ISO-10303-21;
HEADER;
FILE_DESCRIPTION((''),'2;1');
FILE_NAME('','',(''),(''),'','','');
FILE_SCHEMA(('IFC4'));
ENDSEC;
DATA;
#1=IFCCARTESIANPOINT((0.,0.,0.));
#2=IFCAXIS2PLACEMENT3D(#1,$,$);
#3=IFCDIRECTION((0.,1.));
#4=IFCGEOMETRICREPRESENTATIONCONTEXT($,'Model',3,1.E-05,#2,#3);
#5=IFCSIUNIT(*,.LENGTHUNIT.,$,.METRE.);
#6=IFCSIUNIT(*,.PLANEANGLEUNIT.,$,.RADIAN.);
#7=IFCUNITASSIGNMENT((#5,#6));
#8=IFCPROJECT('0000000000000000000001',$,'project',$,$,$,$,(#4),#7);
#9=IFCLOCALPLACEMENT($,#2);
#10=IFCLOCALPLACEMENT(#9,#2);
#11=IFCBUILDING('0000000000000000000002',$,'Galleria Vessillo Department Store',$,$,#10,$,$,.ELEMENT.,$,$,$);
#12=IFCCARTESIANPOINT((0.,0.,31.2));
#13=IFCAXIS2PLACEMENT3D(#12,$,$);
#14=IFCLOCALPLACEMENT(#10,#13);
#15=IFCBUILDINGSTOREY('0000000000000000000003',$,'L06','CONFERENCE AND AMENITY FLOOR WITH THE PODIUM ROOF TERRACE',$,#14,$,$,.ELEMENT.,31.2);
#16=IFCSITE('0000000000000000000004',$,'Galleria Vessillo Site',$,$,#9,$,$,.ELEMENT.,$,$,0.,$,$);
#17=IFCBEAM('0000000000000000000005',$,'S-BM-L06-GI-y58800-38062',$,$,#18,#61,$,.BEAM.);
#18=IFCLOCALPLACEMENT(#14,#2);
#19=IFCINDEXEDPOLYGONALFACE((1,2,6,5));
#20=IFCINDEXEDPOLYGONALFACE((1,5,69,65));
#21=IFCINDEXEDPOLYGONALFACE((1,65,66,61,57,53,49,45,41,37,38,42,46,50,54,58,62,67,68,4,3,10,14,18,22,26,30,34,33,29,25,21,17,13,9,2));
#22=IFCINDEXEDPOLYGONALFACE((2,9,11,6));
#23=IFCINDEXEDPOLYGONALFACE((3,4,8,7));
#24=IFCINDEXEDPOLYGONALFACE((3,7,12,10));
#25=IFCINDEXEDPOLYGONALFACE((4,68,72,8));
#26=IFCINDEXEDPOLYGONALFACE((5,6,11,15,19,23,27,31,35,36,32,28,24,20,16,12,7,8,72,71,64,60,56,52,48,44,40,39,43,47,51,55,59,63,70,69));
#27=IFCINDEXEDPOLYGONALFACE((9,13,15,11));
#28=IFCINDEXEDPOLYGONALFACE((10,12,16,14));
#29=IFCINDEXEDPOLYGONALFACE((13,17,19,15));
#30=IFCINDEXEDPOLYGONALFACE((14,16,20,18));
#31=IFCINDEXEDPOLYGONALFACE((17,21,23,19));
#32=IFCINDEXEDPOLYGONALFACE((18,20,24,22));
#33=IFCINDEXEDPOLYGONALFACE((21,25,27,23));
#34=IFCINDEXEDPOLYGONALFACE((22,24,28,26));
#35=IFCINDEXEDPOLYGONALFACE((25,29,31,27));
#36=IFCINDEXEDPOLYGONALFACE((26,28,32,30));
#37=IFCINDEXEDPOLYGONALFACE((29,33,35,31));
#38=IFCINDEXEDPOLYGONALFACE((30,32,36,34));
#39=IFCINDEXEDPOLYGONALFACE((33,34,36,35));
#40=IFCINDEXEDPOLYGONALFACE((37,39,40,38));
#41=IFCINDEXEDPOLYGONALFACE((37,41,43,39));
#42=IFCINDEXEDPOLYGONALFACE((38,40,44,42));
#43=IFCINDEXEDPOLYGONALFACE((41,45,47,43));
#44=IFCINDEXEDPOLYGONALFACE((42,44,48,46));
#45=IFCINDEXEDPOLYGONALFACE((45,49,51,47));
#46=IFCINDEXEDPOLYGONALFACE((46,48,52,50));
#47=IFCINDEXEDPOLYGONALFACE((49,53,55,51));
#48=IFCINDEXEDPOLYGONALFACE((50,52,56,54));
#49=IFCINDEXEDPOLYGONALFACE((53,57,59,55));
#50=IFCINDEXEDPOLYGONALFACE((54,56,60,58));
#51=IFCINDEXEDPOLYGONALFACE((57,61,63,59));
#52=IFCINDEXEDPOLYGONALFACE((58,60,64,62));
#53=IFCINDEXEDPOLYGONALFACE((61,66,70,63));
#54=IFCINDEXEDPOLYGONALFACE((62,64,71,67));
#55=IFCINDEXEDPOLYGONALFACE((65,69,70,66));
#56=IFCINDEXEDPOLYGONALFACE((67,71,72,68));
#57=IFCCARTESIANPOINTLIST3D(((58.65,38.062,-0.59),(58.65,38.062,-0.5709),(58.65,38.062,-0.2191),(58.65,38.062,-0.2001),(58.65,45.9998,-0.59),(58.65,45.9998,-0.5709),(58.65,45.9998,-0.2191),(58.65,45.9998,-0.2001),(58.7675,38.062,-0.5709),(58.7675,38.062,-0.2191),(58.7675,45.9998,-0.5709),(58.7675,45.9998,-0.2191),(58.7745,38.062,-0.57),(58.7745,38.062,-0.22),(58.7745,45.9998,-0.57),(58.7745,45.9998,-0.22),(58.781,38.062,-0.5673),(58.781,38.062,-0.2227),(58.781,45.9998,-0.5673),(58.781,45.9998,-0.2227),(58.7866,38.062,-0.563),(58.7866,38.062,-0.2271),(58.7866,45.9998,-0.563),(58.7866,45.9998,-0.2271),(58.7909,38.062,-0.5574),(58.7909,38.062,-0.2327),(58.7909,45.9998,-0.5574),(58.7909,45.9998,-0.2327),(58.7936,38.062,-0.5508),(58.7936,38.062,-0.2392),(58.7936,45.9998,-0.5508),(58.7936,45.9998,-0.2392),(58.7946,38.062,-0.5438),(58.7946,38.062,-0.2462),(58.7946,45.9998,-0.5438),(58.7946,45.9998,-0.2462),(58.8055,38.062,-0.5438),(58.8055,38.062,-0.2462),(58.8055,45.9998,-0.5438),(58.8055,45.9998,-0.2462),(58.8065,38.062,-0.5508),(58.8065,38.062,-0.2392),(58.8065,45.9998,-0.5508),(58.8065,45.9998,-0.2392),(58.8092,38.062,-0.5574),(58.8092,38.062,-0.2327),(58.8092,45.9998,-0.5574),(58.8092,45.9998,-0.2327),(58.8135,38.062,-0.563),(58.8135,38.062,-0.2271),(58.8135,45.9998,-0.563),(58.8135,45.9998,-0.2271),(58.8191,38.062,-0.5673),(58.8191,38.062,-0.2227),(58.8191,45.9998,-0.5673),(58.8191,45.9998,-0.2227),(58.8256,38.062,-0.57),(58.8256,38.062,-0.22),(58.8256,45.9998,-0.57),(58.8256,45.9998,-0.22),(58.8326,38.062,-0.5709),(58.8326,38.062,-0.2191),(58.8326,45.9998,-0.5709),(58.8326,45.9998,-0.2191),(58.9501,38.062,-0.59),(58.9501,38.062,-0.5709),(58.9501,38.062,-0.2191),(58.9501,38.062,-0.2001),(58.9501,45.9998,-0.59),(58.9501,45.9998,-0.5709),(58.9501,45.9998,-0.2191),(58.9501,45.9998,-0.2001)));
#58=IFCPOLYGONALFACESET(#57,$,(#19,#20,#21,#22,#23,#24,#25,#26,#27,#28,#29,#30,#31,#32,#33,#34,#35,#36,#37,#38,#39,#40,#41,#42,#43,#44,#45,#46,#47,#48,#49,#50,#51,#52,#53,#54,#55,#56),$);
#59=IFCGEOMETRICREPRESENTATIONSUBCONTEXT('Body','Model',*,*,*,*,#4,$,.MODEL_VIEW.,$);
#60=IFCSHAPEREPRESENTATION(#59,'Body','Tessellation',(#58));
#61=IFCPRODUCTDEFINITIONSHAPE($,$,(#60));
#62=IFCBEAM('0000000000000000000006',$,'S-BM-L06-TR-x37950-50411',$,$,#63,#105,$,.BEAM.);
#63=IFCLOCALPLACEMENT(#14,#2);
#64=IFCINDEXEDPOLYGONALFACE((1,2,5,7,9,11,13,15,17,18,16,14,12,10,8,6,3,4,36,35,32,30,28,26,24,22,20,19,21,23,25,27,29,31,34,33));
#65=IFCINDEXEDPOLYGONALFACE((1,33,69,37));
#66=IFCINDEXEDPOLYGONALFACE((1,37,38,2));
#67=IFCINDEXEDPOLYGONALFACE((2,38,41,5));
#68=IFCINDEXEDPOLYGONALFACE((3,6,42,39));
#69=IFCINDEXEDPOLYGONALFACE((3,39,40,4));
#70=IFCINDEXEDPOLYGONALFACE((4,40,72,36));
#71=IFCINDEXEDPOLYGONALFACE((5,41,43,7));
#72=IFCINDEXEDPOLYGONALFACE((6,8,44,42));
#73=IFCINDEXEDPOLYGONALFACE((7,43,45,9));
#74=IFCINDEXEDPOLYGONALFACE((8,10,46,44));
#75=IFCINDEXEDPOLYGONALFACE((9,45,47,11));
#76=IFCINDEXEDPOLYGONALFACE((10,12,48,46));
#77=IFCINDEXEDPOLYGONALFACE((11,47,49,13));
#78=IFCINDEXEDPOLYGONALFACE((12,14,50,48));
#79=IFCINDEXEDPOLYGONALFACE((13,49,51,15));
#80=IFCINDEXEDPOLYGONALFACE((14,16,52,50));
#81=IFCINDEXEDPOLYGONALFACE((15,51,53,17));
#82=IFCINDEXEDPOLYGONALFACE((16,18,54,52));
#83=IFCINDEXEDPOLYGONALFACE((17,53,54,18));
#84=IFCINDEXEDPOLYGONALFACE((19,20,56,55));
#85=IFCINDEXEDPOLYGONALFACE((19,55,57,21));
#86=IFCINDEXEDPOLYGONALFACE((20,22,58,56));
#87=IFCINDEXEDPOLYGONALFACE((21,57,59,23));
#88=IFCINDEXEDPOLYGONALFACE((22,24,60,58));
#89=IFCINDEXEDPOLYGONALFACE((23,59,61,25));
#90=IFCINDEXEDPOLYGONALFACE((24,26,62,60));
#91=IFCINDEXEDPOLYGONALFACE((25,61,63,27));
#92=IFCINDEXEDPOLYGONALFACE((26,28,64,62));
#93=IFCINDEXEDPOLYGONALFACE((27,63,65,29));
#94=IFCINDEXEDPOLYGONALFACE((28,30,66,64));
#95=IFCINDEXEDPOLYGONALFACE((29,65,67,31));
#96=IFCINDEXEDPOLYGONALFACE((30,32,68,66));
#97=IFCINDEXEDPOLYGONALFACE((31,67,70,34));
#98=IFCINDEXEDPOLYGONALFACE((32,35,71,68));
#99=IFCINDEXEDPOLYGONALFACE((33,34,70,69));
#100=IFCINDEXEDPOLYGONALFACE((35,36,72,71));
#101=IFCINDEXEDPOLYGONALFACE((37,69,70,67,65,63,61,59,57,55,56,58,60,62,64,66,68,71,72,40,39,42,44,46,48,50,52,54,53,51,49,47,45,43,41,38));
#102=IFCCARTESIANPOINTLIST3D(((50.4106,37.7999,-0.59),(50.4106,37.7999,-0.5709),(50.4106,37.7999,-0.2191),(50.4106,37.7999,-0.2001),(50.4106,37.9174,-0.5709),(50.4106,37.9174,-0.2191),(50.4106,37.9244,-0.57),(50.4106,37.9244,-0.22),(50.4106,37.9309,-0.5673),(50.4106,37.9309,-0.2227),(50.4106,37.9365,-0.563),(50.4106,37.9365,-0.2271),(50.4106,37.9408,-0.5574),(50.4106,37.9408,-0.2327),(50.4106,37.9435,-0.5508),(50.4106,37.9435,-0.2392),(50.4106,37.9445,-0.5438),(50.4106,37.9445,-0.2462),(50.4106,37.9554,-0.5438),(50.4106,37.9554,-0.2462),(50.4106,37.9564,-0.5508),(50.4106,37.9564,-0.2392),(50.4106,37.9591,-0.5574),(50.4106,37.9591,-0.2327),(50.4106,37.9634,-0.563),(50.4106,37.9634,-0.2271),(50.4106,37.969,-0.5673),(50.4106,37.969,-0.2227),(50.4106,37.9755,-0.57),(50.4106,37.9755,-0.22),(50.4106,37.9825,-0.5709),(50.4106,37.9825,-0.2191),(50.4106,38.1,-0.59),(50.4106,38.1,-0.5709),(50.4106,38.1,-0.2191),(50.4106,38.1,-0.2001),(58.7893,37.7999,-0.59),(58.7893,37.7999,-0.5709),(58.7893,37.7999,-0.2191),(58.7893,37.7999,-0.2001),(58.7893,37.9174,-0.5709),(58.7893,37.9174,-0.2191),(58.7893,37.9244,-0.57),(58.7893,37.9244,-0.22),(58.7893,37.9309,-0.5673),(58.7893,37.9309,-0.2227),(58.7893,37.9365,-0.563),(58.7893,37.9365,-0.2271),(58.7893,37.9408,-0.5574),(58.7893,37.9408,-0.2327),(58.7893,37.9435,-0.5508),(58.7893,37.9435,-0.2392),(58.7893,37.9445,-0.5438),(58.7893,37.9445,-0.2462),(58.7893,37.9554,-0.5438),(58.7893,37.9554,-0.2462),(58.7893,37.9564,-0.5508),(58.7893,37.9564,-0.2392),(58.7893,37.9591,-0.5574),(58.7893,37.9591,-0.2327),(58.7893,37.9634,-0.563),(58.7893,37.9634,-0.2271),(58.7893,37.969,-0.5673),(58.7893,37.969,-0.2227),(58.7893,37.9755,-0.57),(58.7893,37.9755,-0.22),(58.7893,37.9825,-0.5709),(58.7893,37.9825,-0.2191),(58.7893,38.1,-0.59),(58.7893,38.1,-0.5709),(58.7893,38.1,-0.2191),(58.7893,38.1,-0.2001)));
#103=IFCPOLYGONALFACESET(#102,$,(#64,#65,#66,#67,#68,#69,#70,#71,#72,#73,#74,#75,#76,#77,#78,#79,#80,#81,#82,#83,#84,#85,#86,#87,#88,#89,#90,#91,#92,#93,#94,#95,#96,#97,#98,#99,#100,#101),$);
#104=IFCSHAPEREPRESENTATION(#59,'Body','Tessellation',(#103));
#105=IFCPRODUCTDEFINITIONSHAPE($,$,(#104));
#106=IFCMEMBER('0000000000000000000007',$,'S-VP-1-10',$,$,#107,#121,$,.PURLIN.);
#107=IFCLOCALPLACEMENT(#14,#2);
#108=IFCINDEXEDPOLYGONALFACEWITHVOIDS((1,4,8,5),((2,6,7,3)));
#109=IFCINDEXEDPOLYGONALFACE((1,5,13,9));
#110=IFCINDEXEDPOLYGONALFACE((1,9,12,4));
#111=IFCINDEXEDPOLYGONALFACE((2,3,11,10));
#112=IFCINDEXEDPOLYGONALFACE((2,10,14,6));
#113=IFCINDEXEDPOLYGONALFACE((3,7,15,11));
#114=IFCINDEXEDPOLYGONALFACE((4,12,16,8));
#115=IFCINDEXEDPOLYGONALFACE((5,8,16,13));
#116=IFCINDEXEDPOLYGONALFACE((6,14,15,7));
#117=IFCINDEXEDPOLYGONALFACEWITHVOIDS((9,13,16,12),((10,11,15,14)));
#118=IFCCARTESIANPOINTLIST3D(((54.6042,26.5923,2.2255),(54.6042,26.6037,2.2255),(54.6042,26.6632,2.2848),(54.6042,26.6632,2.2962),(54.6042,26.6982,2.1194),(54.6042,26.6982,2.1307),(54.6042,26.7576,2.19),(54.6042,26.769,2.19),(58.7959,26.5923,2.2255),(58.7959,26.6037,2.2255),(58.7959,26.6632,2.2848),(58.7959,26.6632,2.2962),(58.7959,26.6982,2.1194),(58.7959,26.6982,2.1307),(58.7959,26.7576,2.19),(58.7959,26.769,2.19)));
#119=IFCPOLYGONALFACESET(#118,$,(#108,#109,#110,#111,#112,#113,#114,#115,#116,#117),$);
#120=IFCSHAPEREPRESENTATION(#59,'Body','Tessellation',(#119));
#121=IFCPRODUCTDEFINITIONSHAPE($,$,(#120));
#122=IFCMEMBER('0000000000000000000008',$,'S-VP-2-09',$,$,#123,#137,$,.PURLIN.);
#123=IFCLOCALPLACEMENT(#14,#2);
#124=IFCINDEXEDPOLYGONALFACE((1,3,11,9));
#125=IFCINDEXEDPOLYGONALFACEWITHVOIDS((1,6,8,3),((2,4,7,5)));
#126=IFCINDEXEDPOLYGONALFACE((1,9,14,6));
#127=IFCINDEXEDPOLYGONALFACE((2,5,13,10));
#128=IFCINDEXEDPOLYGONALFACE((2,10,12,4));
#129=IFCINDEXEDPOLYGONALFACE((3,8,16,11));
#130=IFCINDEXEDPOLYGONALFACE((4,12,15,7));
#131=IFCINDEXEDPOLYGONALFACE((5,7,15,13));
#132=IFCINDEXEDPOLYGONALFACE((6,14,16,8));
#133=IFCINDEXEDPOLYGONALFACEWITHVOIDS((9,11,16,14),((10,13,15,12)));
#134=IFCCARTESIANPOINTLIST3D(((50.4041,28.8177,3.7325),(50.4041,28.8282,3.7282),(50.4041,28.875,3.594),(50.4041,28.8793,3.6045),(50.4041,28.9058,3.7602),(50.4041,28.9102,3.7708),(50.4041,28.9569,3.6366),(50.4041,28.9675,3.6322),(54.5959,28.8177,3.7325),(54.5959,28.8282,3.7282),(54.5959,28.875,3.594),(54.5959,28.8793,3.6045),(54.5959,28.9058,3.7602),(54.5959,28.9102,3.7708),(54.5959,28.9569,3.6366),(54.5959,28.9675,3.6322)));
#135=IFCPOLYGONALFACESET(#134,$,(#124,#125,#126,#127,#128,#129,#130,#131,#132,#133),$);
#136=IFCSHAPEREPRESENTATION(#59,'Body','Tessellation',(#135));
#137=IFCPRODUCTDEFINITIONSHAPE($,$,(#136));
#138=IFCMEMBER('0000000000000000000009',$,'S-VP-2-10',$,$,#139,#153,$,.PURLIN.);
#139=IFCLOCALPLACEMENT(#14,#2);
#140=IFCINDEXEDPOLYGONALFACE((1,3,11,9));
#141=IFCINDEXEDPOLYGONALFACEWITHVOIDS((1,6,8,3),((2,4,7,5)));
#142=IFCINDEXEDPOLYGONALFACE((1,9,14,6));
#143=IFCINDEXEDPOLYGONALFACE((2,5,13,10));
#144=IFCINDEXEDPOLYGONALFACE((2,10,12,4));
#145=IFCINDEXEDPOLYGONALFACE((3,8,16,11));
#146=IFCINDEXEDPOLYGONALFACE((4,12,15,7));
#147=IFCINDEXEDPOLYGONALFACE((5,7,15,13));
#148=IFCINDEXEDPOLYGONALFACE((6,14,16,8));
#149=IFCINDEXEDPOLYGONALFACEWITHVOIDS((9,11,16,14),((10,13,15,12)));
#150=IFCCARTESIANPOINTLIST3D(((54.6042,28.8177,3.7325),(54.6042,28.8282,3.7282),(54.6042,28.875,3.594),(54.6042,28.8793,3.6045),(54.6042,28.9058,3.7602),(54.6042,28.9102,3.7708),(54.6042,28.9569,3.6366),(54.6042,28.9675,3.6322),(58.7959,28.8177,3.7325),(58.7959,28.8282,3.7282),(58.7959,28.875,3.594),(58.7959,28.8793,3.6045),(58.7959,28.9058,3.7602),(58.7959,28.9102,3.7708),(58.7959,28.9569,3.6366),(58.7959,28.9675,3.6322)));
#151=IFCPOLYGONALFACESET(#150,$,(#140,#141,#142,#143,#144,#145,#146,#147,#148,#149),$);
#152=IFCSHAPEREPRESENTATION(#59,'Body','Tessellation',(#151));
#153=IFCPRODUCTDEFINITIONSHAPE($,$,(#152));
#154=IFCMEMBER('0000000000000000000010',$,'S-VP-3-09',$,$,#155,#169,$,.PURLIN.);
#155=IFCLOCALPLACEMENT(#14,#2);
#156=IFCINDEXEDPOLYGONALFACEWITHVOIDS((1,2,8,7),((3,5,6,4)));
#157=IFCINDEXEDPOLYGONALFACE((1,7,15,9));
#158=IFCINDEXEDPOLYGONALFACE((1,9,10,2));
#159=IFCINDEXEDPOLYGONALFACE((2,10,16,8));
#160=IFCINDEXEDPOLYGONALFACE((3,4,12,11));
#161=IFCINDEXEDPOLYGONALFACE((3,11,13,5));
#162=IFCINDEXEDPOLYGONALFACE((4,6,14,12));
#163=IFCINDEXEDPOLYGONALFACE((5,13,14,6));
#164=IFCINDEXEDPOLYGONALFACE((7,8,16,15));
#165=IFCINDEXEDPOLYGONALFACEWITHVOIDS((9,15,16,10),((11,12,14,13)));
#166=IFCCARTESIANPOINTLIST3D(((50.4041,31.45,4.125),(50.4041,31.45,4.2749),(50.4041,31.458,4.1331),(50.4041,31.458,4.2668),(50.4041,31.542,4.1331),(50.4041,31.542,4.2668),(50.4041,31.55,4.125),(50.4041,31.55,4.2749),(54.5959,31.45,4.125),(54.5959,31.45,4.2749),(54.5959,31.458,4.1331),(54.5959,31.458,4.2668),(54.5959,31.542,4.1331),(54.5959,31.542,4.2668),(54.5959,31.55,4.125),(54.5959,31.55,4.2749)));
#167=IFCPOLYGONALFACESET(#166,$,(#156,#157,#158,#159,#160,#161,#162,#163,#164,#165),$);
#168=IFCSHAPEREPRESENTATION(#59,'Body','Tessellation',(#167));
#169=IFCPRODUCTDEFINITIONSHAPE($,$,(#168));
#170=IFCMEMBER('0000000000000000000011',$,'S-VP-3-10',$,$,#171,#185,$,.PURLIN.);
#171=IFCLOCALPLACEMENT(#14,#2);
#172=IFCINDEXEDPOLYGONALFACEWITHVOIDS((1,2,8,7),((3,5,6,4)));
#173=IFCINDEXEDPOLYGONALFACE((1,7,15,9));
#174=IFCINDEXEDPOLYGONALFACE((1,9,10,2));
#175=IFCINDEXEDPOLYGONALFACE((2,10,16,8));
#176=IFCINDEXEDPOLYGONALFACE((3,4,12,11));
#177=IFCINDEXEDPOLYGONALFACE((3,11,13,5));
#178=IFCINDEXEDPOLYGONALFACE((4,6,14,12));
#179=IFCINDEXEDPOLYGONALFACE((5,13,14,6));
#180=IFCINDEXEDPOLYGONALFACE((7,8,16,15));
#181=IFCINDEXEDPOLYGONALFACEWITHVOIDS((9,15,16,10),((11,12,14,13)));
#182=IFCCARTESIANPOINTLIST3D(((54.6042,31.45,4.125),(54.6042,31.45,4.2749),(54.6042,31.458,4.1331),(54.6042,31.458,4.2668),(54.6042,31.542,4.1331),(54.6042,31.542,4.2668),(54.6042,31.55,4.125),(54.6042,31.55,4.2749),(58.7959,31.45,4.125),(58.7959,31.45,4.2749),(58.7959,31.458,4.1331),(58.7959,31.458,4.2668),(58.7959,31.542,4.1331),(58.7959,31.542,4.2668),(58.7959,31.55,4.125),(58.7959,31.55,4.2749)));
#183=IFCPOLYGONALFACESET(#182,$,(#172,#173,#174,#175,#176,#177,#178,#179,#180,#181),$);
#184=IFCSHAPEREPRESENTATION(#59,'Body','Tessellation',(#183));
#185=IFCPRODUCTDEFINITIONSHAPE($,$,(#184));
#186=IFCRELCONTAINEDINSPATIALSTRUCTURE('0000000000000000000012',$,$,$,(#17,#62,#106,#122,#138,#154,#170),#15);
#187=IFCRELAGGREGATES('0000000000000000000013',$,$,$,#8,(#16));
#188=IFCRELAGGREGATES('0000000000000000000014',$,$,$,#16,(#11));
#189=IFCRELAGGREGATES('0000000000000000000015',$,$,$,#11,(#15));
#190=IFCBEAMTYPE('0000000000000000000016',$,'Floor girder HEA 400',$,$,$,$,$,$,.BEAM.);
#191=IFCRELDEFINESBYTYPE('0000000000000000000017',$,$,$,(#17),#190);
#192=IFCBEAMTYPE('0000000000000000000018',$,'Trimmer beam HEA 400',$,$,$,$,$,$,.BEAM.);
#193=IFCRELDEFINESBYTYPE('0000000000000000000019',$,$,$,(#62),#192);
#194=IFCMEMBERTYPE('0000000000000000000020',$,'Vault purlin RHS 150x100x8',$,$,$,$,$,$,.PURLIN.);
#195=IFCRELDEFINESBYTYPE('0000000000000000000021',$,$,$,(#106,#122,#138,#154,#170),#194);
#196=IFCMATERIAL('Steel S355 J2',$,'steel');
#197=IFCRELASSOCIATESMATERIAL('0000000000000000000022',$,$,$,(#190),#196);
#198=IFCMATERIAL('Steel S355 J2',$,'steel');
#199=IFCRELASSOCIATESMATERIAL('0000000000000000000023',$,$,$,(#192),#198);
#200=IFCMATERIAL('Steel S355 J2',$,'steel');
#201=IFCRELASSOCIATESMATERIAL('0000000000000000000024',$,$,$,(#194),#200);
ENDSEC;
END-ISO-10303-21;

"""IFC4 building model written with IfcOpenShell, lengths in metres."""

from ifc_helpers import new_model, si_unit, direction, frame, origin, origin_2d, place, context, subcontext, project, spatial, hollow_rectangle, i_section, extrude, material, material_profile, profile_set, type_object, element, save


model = new_model("IFC4")

# Units and contexts
model_context = context("Model", 3, precision=1e-05, world=origin(), true_north=direction((0.0, 1.0)))
body_context = subcontext(model_context, "Body", "Model", "MODEL_VIEW")
ifc_project = project(units=[si_unit("LENGTHUNIT", "METRE"), si_unit("PLANEANGLEUNIT", "RADIAN")], contexts=[model_context])

# Site, building, storey
site_placement = place(None, origin())
site = spatial("IfcSite", under=ifc_project, at=site_placement, Name="Galleria Vessillo Site", CompositionType="ELEMENT", RefElevation=0.0)
building_placement = place(site_placement, origin())
building = spatial("IfcBuilding", under=site, at=building_placement, Name="Galleria Vessillo Department Store", CompositionType="ELEMENT")
storey_placement = place(building_placement, frame((0.0, 0.0, 31.2)))
storey = spatial("IfcBuildingStorey", under=building, at=storey_placement, Name="L06", Description="CONFERENCE AND AMENITY FLOOR WITH THE PODIUM ROOF TERRACE", CompositionType="ELEMENT", Elevation=31.2)

# Beams
ifc_material_1 = material(Name="Steel S355 J2", Category="steel")
ifc_material_profile_1 = material_profile(ifc_material_1, i_section(OverallWidth=0.3, OverallDepth=0.3899, WebThickness=0.011, FlangeThickness=0.019, FilletRadius=0.0271, at=origin_2d()), Name="HEA 400")
ifc_profile_set_1 = profile_set([ifc_material_profile_1], Name="Steel S355 J2")
beam_type_1 = type_object("IfcBeamType", Name="Floor girder HEA 400", PredefinedType="BEAM", material=ifc_profile_set_1)
beam_1_placement = place(storey_placement, frame((58.8, 38.062, -0.395), z_axis=(0.0, 1.0, 0.0), x_axis=(-1.0, 0.0, 0.0)))
element("IfcBeam", 1, at=beam_1_placement, inside=storey, type_object=beam_type_1, Name="S-BM-L06-GI-y58800-38062", PredefinedType="BEAM", context=body_context, shape_type="SweptSolid", body=[
    extrude(i_section(OverallWidth=0.3, OverallDepth=0.3899, WebThickness=0.011, FlangeThickness=0.019, FilletRadius=0.0271, at=origin_2d()), origin(), (0.0, 0.0, 1.0), 7.9377),
])
ifc_material_2 = material(Name="Steel S355 J2", Category="steel")
ifc_material_profile_2 = material_profile(ifc_material_2, i_section(OverallWidth=0.3, OverallDepth=0.3899, WebThickness=0.011, FlangeThickness=0.019, FilletRadius=0.0271, at=origin_2d()), Name="HEA 400")
ifc_profile_set_2 = profile_set([ifc_material_profile_2], Name="Steel S355 J2")
beam_type_2 = type_object("IfcBeamType", Name="Trimmer beam HEA 400", PredefinedType="BEAM", material=ifc_profile_set_2)
beam_2_placement = place(storey_placement, frame((50.4106, 37.95, -0.395), z_axis=(1.0, 0.0, 0.0), x_axis=(0.0, 1.0, 0.0)))
element("IfcBeam", 2, at=beam_2_placement, inside=storey, type_object=beam_type_2, Name="S-BM-L06-TR-x37950-50411", PredefinedType="BEAM", context=body_context, shape_type="SweptSolid", body=[
    extrude(i_section(OverallWidth=0.3, OverallDepth=0.3899, WebThickness=0.011, FlangeThickness=0.019, FilletRadius=0.0271, at=origin_2d()), origin(), (0.0, 0.0, 1.0), 8.3787),
])

# Members
ifc_material_3 = material(Name="Steel S355 J2", Category="steel")
ifc_material_profile_3 = material_profile(ifc_material_3, hollow_rectangle(XDim=0.1001, YDim=0.1499, WallThickness=0.0081, at=origin_2d()), Name="RHS 150x100x8")
ifc_profile_set_3 = profile_set([ifc_material_profile_3], Name="Steel S355 J2")
member_type_1 = type_object("IfcMemberType", Name="Vault purlin RHS 150x100x8", PredefinedType="PURLIN", material=ifc_profile_set_3)
member_1_placement = place(storey_placement, frame((54.6042, 26.6807, 2.2078), z_axis=(1.0, 0.0, 0.0), x_axis=(0.0, 0.708077, 0.706135)))
element("IfcMember", 3, at=member_1_placement, inside=storey, type_object=member_type_1, Name="S-VP-1-10", PredefinedType="PURLIN", context=body_context, shape_type="SweptSolid", body=[
    extrude(hollow_rectangle(XDim=0.1001, YDim=0.1499, WallThickness=0.0081, at=origin_2d()), origin(), (0.0, 0.0, 1.0), 4.1917),
])
member_2_placement = place(storey_placement, frame((50.4041, 28.8926, 3.6824), z_axis=(1.0, 0.0, 0.0), x_axis=(0.0, 0.924145, 0.382043)))
element("IfcMember", 4, at=member_2_placement, inside=storey, type_object=member_type_1, Name="S-VP-2-09", PredefinedType="PURLIN", context=body_context, shape_type="SweptSolid", body=[
    extrude(hollow_rectangle(XDim=0.1001, YDim=0.1499, WallThickness=0.0081, at=origin_2d()), origin(), (0.0, 0.0, 1.0), 4.1919),
])
member_3_placement = place(storey_placement, frame((54.6042, 28.8926, 3.6824), z_axis=(1.0, 0.0, 0.0), x_axis=(0.0, 0.924145, 0.382043)))
element("IfcMember", 5, at=member_3_placement, inside=storey, type_object=member_type_1, Name="S-VP-2-10", PredefinedType="PURLIN", context=body_context, shape_type="SweptSolid", body=[
    extrude(hollow_rectangle(XDim=0.1001, YDim=0.1499, WallThickness=0.0081, at=origin_2d()), origin(), (0.0, 0.0, 1.0), 4.1917),
])
member_4_placement = place(storey_placement, frame((50.4041, 31.5, 4.2), z_axis=(1.0, 0.0, 0.0), x_axis=(0.0, 1.0, 0.0)))
element("IfcMember", 6, at=member_4_placement, inside=storey, type_object=member_type_1, Name="S-VP-3-09", PredefinedType="PURLIN", context=body_context, shape_type="SweptSolid", body=[
    extrude(hollow_rectangle(XDim=0.1001, YDim=0.1499, WallThickness=0.0081, at=origin_2d()), origin(), (0.0, 0.0, 1.0), 4.1919),
])
member_5_placement = place(storey_placement, frame((54.6042, 31.5, 4.2), z_axis=(1.0, 0.0, 0.0), x_axis=(0.0, 1.0, 0.0)))
element("IfcMember", 7, at=member_5_placement, inside=storey, type_object=member_type_1, Name="S-VP-3-10", PredefinedType="PURLIN", context=body_context, shape_type="SweptSolid", body=[
    extrude(hollow_rectangle(XDim=0.1001, YDim=0.1499, WallThickness=0.0081, at=origin_2d()), origin(), (0.0, 0.0, 1.0), 4.1917),
])

save(model, "model.ifc")
